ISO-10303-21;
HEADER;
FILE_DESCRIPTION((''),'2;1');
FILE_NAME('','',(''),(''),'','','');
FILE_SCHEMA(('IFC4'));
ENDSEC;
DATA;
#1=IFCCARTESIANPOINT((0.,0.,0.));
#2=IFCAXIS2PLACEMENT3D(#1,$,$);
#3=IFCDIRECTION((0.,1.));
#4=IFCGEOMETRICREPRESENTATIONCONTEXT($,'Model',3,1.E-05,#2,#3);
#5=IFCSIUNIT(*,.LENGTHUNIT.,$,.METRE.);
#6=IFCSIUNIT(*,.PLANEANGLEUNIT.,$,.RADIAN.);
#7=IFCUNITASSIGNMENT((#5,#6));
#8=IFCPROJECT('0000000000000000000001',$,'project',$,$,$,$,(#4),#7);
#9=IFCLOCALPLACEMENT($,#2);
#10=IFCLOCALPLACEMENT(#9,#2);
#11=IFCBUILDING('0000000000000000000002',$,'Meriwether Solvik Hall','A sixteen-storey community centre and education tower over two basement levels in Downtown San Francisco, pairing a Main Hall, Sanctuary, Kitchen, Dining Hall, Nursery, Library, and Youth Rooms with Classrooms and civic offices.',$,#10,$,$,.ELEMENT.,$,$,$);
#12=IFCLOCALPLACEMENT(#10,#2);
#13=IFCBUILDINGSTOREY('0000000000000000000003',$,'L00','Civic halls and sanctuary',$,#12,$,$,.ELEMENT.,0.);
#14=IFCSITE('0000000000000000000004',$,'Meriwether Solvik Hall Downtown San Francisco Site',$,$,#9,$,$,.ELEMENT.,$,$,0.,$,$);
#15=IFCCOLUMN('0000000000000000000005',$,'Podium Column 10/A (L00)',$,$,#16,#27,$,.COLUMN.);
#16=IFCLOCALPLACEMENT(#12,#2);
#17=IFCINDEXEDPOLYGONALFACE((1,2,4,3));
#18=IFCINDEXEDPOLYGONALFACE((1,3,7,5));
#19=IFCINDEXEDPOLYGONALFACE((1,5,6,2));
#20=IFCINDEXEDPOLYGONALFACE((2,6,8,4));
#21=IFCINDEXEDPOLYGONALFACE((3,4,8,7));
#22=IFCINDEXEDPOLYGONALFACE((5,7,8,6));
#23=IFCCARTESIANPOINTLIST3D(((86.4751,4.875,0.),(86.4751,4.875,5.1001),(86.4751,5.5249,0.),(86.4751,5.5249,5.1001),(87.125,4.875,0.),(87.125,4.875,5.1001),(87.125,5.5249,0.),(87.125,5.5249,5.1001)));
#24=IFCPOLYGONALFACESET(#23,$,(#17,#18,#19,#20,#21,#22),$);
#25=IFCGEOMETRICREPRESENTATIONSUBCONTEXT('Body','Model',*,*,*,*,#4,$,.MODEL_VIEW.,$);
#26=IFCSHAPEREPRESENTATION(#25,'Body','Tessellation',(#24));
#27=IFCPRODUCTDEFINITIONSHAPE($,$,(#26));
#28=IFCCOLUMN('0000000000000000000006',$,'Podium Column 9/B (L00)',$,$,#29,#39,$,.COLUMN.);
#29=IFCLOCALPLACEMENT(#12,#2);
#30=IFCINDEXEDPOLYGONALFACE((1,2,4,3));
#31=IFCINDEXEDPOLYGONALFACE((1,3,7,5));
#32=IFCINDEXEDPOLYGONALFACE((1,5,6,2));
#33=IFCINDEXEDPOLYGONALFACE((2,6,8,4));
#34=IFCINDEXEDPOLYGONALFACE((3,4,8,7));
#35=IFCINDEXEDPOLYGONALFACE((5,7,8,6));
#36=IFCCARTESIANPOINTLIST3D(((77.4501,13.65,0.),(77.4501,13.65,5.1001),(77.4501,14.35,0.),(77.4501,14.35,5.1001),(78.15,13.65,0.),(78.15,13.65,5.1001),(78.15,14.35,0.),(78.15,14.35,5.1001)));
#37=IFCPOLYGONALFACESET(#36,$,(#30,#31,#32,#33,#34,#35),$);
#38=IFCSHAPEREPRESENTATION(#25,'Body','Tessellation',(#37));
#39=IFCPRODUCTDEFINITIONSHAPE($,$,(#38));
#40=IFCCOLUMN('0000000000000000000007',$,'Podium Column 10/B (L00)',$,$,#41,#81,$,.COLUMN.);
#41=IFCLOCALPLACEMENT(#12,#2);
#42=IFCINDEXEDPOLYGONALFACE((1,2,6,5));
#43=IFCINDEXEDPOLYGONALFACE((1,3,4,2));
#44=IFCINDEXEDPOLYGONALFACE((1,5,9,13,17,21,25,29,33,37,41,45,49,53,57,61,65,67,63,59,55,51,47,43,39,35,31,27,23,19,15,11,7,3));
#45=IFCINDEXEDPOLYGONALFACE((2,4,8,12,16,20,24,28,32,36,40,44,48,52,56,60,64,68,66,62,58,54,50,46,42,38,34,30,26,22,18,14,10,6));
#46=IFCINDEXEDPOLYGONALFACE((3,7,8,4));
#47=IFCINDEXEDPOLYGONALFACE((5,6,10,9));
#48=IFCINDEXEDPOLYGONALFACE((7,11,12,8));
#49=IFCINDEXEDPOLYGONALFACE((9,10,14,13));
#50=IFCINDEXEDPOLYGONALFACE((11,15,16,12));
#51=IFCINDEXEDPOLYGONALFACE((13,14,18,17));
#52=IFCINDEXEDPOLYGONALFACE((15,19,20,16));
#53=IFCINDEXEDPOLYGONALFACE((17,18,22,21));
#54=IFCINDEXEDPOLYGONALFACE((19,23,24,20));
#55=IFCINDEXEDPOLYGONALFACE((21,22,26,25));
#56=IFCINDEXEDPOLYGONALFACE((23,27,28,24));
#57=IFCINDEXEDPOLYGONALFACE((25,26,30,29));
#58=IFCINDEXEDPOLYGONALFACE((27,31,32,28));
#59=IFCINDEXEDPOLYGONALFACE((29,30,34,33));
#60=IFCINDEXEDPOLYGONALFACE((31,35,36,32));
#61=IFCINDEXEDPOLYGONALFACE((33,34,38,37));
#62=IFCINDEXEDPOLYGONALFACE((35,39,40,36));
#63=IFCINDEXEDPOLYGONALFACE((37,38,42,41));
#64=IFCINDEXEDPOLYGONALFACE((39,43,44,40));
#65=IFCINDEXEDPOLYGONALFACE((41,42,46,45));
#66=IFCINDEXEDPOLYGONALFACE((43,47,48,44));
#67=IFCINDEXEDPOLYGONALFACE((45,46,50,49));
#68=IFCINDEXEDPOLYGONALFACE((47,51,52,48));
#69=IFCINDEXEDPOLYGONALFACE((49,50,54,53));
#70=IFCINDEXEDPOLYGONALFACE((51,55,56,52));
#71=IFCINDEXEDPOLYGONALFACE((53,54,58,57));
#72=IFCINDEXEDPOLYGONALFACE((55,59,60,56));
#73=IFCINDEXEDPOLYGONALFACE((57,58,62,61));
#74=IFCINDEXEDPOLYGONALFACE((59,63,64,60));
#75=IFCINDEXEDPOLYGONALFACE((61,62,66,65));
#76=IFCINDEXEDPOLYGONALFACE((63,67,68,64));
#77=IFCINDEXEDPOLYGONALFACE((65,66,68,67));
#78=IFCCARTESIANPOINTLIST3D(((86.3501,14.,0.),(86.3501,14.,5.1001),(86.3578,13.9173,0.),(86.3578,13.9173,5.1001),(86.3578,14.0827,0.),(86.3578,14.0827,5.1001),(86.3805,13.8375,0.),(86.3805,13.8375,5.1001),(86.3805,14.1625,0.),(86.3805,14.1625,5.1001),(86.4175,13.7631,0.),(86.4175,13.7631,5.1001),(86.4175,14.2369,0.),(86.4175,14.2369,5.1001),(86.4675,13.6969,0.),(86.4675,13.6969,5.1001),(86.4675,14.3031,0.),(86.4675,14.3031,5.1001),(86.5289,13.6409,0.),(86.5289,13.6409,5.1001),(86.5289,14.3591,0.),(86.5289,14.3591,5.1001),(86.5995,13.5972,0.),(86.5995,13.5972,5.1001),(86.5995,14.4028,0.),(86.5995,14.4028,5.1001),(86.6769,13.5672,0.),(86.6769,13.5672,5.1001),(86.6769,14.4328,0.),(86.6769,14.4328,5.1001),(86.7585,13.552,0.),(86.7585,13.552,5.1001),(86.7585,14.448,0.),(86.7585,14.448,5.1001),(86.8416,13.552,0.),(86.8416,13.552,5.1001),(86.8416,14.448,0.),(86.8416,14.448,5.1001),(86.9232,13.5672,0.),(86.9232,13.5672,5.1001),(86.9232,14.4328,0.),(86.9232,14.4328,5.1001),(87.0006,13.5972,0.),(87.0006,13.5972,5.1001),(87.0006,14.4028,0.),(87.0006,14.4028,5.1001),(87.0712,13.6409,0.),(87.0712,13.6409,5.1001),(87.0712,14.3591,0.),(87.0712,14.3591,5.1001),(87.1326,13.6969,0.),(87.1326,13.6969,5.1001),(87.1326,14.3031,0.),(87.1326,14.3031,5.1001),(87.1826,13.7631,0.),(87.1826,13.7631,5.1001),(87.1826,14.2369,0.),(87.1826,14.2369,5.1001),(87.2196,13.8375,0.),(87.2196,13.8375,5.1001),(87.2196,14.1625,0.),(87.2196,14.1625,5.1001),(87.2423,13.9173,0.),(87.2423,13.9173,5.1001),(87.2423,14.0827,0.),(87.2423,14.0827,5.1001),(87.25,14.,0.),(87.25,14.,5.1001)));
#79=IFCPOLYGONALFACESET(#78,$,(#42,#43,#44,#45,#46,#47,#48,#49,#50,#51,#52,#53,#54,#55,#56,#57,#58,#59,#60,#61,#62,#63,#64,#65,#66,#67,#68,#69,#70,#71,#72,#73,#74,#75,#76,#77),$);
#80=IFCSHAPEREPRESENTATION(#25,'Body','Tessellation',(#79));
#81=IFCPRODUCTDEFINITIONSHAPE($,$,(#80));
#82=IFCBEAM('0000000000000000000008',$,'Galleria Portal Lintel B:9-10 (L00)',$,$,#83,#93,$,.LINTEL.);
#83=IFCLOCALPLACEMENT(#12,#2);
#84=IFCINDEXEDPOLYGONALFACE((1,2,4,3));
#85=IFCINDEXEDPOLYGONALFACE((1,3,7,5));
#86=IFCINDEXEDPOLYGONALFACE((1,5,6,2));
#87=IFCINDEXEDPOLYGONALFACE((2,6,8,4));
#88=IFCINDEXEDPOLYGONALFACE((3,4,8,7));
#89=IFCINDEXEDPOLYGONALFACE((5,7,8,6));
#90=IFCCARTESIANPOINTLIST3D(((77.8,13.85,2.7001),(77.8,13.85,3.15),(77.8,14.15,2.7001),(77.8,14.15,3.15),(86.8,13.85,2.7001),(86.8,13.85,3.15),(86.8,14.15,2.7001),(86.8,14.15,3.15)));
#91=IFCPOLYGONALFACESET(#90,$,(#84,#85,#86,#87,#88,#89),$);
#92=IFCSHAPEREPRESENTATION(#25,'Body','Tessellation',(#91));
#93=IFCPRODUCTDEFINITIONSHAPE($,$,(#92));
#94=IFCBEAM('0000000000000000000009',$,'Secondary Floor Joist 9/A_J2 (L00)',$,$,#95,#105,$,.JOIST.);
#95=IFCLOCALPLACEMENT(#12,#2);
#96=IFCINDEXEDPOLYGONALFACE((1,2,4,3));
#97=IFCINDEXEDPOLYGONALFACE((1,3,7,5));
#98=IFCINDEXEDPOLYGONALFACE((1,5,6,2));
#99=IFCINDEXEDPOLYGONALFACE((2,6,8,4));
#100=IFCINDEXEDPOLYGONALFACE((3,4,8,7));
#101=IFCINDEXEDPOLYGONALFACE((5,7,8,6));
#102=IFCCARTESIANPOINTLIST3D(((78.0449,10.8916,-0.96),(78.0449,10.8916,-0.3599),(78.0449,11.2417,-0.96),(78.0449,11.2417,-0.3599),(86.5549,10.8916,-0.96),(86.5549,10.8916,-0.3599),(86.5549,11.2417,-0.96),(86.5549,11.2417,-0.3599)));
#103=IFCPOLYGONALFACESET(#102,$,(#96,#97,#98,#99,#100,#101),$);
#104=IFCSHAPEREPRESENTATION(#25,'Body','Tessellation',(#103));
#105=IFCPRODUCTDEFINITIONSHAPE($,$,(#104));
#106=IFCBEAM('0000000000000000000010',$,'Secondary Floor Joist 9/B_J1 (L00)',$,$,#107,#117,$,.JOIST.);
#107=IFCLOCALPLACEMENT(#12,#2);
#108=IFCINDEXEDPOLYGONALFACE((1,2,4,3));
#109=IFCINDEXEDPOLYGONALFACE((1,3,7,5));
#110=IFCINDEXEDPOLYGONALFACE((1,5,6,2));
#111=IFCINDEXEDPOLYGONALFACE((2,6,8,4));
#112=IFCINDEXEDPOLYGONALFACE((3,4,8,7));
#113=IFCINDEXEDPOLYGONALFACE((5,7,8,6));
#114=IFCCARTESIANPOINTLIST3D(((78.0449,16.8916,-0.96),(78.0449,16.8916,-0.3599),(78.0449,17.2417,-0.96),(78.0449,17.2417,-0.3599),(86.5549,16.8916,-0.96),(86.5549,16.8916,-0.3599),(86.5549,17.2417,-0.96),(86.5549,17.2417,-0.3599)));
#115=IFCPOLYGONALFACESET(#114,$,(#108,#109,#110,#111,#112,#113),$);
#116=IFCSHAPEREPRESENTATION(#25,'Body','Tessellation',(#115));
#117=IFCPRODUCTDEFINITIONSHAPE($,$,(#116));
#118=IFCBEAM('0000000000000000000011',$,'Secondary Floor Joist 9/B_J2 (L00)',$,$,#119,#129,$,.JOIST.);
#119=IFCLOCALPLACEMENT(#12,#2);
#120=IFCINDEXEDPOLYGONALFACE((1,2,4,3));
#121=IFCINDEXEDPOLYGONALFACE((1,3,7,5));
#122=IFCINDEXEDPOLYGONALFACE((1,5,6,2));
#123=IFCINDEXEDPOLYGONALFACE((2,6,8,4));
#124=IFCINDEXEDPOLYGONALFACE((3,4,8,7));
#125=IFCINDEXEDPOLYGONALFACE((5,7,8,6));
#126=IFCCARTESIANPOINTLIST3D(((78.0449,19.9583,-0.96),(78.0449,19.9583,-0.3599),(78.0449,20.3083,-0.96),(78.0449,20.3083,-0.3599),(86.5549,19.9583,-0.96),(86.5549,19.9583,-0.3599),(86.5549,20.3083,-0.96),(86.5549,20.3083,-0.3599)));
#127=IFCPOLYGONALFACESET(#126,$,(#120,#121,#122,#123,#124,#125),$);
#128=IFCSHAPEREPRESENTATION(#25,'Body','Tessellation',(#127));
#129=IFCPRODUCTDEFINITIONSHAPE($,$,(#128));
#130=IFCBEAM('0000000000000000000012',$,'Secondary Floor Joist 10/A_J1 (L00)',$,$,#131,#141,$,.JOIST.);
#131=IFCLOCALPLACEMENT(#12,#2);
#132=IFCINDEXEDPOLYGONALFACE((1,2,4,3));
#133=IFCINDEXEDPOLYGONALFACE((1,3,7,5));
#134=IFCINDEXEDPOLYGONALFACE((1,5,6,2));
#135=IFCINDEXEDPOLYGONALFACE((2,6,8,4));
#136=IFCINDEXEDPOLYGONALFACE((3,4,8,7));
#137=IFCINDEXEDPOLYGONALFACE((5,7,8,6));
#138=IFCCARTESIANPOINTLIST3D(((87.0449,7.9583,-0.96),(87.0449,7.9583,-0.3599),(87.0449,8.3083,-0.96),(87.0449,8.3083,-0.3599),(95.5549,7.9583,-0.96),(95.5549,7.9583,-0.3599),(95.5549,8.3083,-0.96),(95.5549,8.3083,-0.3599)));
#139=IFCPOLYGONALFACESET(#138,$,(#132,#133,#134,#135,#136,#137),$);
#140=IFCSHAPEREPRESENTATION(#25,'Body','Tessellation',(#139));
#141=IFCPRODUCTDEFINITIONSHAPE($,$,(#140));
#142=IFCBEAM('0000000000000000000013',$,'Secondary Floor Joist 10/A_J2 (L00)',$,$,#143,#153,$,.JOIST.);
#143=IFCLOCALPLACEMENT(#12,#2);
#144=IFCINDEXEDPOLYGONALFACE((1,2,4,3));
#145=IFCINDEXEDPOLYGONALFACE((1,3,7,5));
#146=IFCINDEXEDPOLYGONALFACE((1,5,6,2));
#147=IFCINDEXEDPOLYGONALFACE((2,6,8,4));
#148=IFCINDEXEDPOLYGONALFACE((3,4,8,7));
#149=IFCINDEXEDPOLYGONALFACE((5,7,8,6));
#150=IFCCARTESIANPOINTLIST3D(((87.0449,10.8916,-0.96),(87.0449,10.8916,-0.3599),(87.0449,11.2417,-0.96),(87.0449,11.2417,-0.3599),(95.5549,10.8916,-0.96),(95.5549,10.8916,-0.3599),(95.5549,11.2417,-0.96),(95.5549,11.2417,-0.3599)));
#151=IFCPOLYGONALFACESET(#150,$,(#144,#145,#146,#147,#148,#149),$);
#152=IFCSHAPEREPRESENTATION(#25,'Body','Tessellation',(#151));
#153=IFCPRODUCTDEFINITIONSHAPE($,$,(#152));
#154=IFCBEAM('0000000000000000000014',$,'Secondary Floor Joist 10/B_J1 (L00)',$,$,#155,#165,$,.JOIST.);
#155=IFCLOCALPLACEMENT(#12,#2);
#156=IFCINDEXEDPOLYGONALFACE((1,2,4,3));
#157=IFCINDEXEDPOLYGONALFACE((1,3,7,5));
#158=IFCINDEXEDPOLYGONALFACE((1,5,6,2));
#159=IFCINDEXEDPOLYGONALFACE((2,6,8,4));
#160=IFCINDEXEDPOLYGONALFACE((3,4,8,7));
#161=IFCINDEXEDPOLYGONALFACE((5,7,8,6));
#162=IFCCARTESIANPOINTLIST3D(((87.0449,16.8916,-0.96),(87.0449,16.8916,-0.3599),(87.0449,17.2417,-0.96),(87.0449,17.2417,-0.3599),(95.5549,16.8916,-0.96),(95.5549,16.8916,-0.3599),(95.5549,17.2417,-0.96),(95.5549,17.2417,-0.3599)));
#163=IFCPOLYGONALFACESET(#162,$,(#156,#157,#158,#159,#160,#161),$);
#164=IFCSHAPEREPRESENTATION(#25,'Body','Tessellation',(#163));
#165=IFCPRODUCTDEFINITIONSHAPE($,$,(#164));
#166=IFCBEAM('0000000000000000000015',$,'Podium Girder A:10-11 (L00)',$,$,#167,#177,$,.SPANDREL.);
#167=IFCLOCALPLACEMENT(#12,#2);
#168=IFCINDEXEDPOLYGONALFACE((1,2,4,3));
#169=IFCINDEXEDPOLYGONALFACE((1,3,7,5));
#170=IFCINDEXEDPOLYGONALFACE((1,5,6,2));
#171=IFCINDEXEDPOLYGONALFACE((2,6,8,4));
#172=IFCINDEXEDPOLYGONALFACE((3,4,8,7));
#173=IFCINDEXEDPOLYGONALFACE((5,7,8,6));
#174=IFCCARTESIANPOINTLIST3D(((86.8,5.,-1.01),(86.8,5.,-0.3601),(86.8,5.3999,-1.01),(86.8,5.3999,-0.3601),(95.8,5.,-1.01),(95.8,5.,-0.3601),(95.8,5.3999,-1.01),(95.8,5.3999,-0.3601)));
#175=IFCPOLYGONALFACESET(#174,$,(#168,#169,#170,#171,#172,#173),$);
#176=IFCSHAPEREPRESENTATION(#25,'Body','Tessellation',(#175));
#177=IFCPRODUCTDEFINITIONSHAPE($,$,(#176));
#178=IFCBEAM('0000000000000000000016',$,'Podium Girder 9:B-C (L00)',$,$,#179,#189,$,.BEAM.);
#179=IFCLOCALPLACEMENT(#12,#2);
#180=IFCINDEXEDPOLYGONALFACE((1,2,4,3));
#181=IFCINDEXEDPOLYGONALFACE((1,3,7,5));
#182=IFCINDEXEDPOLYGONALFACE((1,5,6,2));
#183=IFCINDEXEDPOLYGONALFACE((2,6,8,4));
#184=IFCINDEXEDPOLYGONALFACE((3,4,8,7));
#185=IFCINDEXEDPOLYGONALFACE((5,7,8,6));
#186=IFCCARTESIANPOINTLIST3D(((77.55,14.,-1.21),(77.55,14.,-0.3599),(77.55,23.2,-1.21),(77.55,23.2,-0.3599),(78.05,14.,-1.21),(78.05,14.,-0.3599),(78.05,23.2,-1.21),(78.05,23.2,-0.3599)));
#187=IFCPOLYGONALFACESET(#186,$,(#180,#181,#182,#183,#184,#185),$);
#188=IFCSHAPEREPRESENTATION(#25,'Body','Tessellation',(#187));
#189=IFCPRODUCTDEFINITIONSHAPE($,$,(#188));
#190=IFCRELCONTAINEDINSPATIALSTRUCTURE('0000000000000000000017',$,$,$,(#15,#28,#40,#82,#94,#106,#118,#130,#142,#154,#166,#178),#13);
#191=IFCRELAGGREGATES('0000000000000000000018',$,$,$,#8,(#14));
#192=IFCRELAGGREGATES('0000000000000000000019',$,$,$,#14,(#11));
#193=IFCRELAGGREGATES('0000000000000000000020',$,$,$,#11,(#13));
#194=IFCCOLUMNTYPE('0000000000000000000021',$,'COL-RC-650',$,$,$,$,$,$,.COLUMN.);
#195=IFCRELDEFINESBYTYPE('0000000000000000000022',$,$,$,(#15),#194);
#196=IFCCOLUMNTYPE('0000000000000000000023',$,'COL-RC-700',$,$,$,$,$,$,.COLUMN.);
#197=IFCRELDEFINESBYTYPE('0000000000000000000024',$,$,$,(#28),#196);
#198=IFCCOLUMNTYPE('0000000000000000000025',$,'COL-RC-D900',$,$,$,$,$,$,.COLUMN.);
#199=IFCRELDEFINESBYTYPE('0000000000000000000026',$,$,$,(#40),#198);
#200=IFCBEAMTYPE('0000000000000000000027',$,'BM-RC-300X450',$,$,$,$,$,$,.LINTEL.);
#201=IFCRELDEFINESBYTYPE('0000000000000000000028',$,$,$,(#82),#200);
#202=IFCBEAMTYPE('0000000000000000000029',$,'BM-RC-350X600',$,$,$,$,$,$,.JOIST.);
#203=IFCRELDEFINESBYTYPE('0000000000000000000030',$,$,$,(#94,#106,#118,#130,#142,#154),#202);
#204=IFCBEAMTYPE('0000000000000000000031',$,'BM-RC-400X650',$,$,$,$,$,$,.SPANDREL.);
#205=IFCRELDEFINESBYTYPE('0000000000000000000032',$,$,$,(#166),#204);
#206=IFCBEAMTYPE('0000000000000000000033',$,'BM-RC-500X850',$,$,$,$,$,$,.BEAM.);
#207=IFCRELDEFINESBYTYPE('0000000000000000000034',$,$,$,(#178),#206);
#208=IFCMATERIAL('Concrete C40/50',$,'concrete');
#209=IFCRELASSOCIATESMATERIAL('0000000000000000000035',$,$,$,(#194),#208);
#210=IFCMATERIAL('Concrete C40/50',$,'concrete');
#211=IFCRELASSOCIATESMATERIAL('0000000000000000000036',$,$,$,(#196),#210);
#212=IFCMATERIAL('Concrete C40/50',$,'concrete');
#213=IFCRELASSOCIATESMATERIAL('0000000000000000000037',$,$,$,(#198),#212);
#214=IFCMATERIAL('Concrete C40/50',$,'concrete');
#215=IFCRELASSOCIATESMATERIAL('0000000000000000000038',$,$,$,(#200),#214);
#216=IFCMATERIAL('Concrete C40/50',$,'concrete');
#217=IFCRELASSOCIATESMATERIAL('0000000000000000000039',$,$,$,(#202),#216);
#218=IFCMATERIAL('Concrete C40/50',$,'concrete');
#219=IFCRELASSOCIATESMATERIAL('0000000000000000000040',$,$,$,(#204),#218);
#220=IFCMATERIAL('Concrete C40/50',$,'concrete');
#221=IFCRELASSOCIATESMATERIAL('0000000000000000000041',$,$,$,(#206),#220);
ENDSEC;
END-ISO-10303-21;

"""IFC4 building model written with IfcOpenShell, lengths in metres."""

from ifc_helpers import new_model, si_unit, direction, frame, origin, origin_2d, place, context, subcontext, project, spatial, rectangle, circle, extrude, material, material_profile, profile_set, type_object, element, save


model = new_model("IFC4")

# Units and contexts
model_context = context("Model", 3, precision=1e-05, world=origin(), true_north=direction((0.0, 1.0)))
body_context = subcontext(model_context, "Body", "Model", "MODEL_VIEW")
ifc_project = project(units=[si_unit("LENGTHUNIT", "METRE"), si_unit("PLANEANGLEUNIT", "RADIAN")], contexts=[model_context])

# Site, building, storey
site_placement = place(None, origin())
site = spatial("IfcSite", under=ifc_project, at=site_placement, Name="Meriwether Solvik Hall Downtown San Francisco Site", CompositionType="ELEMENT", RefElevation=0.0)
building_placement = place(site_placement, origin())
building = spatial("IfcBuilding", under=site, at=building_placement, Name="Meriwether Solvik Hall", Description="A sixteen-storey community centre and education tower over two basement levels in Downtown San Francisco, pairing a Main Hall, Sanctuary, Kitchen, Dining Hall, Nursery, Library, and Youth Rooms with Classrooms and civic offices.", CompositionType="ELEMENT")
storey_placement = place(building_placement, origin())
storey = spatial("IfcBuildingStorey", under=building, at=storey_placement, Name="L00", Description="Civic halls and sanctuary", CompositionType="ELEMENT", Elevation=0.0)

# Columns
ifc_material_1 = material(Name="Concrete C40/50", Category="concrete")
ifc_material_profile_1 = material_profile(ifc_material_1, rectangle(XDim=0.6499, YDim=0.6499, at=origin_2d()), Name="RCC-650X650")
ifc_profile_set_1 = profile_set([ifc_material_profile_1], Name="Concrete C40/50")
column_type_1 = type_object("IfcColumnType", Name="COL-RC-650", PredefinedType="COLUMN", material=ifc_profile_set_1)
column_1_placement = place(storey_placement, frame((86.8, 5.2, 0.0), z_axis=(0.0, 0.0, 1.0), x_axis=(1.0, 0.0, 0.0)))
element("IfcColumn", 1, at=column_1_placement, inside=storey, type_object=column_type_1, Name="Podium Column 10/A (L00)", PredefinedType="COLUMN", context=body_context, shape_type="SweptSolid", body=[
    extrude(rectangle(XDim=0.6499, YDim=0.6499, at=origin_2d()), origin(), (0.0, 0.0, 1.0), 5.1001),
])
ifc_material_2 = material(Name="Concrete C40/50", Category="concrete")
ifc_material_profile_2 = material_profile(ifc_material_2, rectangle(XDim=0.7, YDim=0.7, at=origin_2d()), Name="RCC-700X700")
ifc_profile_set_2 = profile_set([ifc_material_profile_2], Name="Concrete C40/50")
column_type_2 = type_object("IfcColumnType", Name="COL-RC-700", PredefinedType="COLUMN", material=ifc_profile_set_2)
column_2_placement = place(storey_placement, frame((77.8, 14.0, 0.0), z_axis=(0.0, 0.0, 1.0), x_axis=(1.0, 0.0, 0.0)))
element("IfcColumn", 2, at=column_2_placement, inside=storey, type_object=column_type_2, Name="Podium Column 9/B (L00)", PredefinedType="COLUMN", context=body_context, shape_type="SweptSolid", body=[
    extrude(rectangle(XDim=0.7, YDim=0.7, at=origin_2d()), origin(), (0.0, 0.0, 1.0), 5.1001),
])
ifc_material_3 = material(Name="Concrete C40/50", Category="concrete")
ifc_material_profile_3 = material_profile(ifc_material_3, circle(Radius=0.45, at=origin_2d()), Name="RCC-D900")
ifc_profile_set_3 = profile_set([ifc_material_profile_3], Name="Concrete C40/50")
column_type_3 = type_object("IfcColumnType", Name="COL-RC-D900", PredefinedType="COLUMN", material=ifc_profile_set_3)
column_3_placement = place(storey_placement, frame((86.8, 14.0, 0.0), z_axis=(0.0, 0.0, 1.0), x_axis=(1.0, 0.0, 0.0)))
element("IfcColumn", 3, at=column_3_placement, inside=storey, type_object=column_type_3, Name="Podium Column 10/B (L00)", PredefinedType="COLUMN", context=body_context, shape_type="SweptSolid", body=[
    extrude(circle(Radius=0.45, at=origin_2d()), origin(), (0.0, 0.0, 1.0), 5.1001),
])

# Beams
ifc_material_4 = material(Name="Concrete C40/50", Category="concrete")
ifc_material_profile_4 = material_profile(ifc_material_4, rectangle(XDim=0.3, YDim=0.45, at=origin_2d()), Name="RCB-300X450")
ifc_profile_set_4 = profile_set([ifc_material_profile_4], Name="Concrete C40/50")
beam_type_1 = type_object("IfcBeamType", Name="BM-RC-300X450", PredefinedType="LINTEL", material=ifc_profile_set_4)
beam_1_placement = place(storey_placement, frame((77.8, 14.0, 2.925), z_axis=(1.0, 0.0, 0.0), x_axis=(0.0, 1.0, 0.0)))
element("IfcBeam", 4, at=beam_1_placement, inside=storey, type_object=beam_type_1, Name="Galleria Portal Lintel B:9-10 (L00)", PredefinedType="LINTEL", context=body_context, shape_type="SweptSolid", body=[
    extrude(rectangle(XDim=0.3, YDim=0.45, at=origin_2d()), origin(), (0.0, 0.0, 1.0), 9.0),
])
ifc_material_5 = material(Name="Concrete C40/50", Category="concrete")
ifc_material_profile_5 = material_profile(ifc_material_5, rectangle(XDim=0.3501, YDim=0.6001, at=origin_2d()), Name="RCB-350X600")
ifc_profile_set_5 = profile_set([ifc_material_profile_5], Name="Concrete C40/50")
beam_type_2 = type_object("IfcBeamType", Name="BM-RC-350X600", PredefinedType="JOIST", material=ifc_profile_set_5)
for number, where, z_axis, x_axis, name in (
    (5, (78.0449, 11.0667, -0.6599), (1.0, 0.0, 0.0), (0.0, 1.0, 0.0), "Secondary Floor Joist 9/A_J2 (L00)"),
    (6, (78.0449, 17.0667, -0.6599), (1.0, 0.0, 0.0), (0.0, 1.0, 0.0), "Secondary Floor Joist 9/B_J1 (L00)"),
    (7, (78.0449, 20.1333, -0.6599), (1.0, 0.0, 0.0), (0.0, 1.0, 0.0), "Secondary Floor Joist 9/B_J2 (L00)"),
    (8, (87.0449, 8.1333, -0.6599), (1.0, 0.0, 0.0), (0.0, 1.0, 0.0), "Secondary Floor Joist 10/A_J1 (L00)"),
    (9, (87.0449, 11.0667, -0.6599), (1.0, 0.0, 0.0), (0.0, 1.0, 0.0), "Secondary Floor Joist 10/A_J2 (L00)"),
    (10, (87.0449, 17.0667, -0.6599), (1.0, 0.0, 0.0), (0.0, 1.0, 0.0), "Secondary Floor Joist 10/B_J1 (L00)"),
):
    element("IfcBeam", number, at=place(storey_placement, frame(where, z_axis=z_axis, x_axis=x_axis)), inside=storey, type_object=beam_type_2, Name=name, PredefinedType="JOIST", context=body_context, shape_type="SweptSolid", body=[
        extrude(rectangle(XDim=0.3501, YDim=0.6001, at=origin_2d()), origin(), (0.0, 0.0, 1.0), 8.51),
    ])
ifc_material_6 = material(Name="Concrete C40/50", Category="concrete")
ifc_material_profile_6 = material_profile(ifc_material_6, rectangle(XDim=0.3999, YDim=0.6499, at=origin_2d()), Name="RCB-400X650")
ifc_profile_set_6 = profile_set([ifc_material_profile_6], Name="Concrete C40/50")
beam_type_3 = type_object("IfcBeamType", Name="BM-RC-400X650", PredefinedType="SPANDREL", material=ifc_profile_set_6)
beam_2_placement = place(storey_placement, frame((86.8, 5.2, -0.6851), z_axis=(1.0, 0.0, 0.0), x_axis=(0.0, 1.0, 0.0)))
element("IfcBeam", 11, at=beam_2_placement, inside=storey, type_object=beam_type_3, Name="Podium Girder A:10-11 (L00)", PredefinedType="SPANDREL", context=body_context, shape_type="SweptSolid", body=[
    extrude(rectangle(XDim=0.3999, YDim=0.6499, at=origin_2d()), origin(), (0.0, 0.0, 1.0), 9.0),
])
ifc_material_7 = material(Name="Concrete C40/50", Category="concrete")
ifc_material_profile_7 = material_profile(ifc_material_7, rectangle(XDim=0.5, YDim=0.8501, at=origin_2d()), Name="RCB-500X850")
ifc_profile_set_7 = profile_set([ifc_material_profile_7], Name="Concrete C40/50")
beam_type_4 = type_object("IfcBeamType", Name="BM-RC-500X850", PredefinedType="BEAM", material=ifc_profile_set_7)
beam_3_placement = place(storey_placement, frame((77.8, 14.0, -0.7849), z_axis=(0.0, 1.0, 0.0), x_axis=(-1.0, 0.0, 0.0)))
element("IfcBeam", 12, at=beam_3_placement, inside=storey, type_object=beam_type_4, Name="Podium Girder 9:B-C (L00)", PredefinedType="BEAM", context=body_context, shape_type="SweptSolid", body=[
    extrude(rectangle(XDim=0.5, YDim=0.8501, at=origin_2d()), origin(), (0.0, 0.0, 1.0), 9.2),
])

save(model, "model.ifc")
